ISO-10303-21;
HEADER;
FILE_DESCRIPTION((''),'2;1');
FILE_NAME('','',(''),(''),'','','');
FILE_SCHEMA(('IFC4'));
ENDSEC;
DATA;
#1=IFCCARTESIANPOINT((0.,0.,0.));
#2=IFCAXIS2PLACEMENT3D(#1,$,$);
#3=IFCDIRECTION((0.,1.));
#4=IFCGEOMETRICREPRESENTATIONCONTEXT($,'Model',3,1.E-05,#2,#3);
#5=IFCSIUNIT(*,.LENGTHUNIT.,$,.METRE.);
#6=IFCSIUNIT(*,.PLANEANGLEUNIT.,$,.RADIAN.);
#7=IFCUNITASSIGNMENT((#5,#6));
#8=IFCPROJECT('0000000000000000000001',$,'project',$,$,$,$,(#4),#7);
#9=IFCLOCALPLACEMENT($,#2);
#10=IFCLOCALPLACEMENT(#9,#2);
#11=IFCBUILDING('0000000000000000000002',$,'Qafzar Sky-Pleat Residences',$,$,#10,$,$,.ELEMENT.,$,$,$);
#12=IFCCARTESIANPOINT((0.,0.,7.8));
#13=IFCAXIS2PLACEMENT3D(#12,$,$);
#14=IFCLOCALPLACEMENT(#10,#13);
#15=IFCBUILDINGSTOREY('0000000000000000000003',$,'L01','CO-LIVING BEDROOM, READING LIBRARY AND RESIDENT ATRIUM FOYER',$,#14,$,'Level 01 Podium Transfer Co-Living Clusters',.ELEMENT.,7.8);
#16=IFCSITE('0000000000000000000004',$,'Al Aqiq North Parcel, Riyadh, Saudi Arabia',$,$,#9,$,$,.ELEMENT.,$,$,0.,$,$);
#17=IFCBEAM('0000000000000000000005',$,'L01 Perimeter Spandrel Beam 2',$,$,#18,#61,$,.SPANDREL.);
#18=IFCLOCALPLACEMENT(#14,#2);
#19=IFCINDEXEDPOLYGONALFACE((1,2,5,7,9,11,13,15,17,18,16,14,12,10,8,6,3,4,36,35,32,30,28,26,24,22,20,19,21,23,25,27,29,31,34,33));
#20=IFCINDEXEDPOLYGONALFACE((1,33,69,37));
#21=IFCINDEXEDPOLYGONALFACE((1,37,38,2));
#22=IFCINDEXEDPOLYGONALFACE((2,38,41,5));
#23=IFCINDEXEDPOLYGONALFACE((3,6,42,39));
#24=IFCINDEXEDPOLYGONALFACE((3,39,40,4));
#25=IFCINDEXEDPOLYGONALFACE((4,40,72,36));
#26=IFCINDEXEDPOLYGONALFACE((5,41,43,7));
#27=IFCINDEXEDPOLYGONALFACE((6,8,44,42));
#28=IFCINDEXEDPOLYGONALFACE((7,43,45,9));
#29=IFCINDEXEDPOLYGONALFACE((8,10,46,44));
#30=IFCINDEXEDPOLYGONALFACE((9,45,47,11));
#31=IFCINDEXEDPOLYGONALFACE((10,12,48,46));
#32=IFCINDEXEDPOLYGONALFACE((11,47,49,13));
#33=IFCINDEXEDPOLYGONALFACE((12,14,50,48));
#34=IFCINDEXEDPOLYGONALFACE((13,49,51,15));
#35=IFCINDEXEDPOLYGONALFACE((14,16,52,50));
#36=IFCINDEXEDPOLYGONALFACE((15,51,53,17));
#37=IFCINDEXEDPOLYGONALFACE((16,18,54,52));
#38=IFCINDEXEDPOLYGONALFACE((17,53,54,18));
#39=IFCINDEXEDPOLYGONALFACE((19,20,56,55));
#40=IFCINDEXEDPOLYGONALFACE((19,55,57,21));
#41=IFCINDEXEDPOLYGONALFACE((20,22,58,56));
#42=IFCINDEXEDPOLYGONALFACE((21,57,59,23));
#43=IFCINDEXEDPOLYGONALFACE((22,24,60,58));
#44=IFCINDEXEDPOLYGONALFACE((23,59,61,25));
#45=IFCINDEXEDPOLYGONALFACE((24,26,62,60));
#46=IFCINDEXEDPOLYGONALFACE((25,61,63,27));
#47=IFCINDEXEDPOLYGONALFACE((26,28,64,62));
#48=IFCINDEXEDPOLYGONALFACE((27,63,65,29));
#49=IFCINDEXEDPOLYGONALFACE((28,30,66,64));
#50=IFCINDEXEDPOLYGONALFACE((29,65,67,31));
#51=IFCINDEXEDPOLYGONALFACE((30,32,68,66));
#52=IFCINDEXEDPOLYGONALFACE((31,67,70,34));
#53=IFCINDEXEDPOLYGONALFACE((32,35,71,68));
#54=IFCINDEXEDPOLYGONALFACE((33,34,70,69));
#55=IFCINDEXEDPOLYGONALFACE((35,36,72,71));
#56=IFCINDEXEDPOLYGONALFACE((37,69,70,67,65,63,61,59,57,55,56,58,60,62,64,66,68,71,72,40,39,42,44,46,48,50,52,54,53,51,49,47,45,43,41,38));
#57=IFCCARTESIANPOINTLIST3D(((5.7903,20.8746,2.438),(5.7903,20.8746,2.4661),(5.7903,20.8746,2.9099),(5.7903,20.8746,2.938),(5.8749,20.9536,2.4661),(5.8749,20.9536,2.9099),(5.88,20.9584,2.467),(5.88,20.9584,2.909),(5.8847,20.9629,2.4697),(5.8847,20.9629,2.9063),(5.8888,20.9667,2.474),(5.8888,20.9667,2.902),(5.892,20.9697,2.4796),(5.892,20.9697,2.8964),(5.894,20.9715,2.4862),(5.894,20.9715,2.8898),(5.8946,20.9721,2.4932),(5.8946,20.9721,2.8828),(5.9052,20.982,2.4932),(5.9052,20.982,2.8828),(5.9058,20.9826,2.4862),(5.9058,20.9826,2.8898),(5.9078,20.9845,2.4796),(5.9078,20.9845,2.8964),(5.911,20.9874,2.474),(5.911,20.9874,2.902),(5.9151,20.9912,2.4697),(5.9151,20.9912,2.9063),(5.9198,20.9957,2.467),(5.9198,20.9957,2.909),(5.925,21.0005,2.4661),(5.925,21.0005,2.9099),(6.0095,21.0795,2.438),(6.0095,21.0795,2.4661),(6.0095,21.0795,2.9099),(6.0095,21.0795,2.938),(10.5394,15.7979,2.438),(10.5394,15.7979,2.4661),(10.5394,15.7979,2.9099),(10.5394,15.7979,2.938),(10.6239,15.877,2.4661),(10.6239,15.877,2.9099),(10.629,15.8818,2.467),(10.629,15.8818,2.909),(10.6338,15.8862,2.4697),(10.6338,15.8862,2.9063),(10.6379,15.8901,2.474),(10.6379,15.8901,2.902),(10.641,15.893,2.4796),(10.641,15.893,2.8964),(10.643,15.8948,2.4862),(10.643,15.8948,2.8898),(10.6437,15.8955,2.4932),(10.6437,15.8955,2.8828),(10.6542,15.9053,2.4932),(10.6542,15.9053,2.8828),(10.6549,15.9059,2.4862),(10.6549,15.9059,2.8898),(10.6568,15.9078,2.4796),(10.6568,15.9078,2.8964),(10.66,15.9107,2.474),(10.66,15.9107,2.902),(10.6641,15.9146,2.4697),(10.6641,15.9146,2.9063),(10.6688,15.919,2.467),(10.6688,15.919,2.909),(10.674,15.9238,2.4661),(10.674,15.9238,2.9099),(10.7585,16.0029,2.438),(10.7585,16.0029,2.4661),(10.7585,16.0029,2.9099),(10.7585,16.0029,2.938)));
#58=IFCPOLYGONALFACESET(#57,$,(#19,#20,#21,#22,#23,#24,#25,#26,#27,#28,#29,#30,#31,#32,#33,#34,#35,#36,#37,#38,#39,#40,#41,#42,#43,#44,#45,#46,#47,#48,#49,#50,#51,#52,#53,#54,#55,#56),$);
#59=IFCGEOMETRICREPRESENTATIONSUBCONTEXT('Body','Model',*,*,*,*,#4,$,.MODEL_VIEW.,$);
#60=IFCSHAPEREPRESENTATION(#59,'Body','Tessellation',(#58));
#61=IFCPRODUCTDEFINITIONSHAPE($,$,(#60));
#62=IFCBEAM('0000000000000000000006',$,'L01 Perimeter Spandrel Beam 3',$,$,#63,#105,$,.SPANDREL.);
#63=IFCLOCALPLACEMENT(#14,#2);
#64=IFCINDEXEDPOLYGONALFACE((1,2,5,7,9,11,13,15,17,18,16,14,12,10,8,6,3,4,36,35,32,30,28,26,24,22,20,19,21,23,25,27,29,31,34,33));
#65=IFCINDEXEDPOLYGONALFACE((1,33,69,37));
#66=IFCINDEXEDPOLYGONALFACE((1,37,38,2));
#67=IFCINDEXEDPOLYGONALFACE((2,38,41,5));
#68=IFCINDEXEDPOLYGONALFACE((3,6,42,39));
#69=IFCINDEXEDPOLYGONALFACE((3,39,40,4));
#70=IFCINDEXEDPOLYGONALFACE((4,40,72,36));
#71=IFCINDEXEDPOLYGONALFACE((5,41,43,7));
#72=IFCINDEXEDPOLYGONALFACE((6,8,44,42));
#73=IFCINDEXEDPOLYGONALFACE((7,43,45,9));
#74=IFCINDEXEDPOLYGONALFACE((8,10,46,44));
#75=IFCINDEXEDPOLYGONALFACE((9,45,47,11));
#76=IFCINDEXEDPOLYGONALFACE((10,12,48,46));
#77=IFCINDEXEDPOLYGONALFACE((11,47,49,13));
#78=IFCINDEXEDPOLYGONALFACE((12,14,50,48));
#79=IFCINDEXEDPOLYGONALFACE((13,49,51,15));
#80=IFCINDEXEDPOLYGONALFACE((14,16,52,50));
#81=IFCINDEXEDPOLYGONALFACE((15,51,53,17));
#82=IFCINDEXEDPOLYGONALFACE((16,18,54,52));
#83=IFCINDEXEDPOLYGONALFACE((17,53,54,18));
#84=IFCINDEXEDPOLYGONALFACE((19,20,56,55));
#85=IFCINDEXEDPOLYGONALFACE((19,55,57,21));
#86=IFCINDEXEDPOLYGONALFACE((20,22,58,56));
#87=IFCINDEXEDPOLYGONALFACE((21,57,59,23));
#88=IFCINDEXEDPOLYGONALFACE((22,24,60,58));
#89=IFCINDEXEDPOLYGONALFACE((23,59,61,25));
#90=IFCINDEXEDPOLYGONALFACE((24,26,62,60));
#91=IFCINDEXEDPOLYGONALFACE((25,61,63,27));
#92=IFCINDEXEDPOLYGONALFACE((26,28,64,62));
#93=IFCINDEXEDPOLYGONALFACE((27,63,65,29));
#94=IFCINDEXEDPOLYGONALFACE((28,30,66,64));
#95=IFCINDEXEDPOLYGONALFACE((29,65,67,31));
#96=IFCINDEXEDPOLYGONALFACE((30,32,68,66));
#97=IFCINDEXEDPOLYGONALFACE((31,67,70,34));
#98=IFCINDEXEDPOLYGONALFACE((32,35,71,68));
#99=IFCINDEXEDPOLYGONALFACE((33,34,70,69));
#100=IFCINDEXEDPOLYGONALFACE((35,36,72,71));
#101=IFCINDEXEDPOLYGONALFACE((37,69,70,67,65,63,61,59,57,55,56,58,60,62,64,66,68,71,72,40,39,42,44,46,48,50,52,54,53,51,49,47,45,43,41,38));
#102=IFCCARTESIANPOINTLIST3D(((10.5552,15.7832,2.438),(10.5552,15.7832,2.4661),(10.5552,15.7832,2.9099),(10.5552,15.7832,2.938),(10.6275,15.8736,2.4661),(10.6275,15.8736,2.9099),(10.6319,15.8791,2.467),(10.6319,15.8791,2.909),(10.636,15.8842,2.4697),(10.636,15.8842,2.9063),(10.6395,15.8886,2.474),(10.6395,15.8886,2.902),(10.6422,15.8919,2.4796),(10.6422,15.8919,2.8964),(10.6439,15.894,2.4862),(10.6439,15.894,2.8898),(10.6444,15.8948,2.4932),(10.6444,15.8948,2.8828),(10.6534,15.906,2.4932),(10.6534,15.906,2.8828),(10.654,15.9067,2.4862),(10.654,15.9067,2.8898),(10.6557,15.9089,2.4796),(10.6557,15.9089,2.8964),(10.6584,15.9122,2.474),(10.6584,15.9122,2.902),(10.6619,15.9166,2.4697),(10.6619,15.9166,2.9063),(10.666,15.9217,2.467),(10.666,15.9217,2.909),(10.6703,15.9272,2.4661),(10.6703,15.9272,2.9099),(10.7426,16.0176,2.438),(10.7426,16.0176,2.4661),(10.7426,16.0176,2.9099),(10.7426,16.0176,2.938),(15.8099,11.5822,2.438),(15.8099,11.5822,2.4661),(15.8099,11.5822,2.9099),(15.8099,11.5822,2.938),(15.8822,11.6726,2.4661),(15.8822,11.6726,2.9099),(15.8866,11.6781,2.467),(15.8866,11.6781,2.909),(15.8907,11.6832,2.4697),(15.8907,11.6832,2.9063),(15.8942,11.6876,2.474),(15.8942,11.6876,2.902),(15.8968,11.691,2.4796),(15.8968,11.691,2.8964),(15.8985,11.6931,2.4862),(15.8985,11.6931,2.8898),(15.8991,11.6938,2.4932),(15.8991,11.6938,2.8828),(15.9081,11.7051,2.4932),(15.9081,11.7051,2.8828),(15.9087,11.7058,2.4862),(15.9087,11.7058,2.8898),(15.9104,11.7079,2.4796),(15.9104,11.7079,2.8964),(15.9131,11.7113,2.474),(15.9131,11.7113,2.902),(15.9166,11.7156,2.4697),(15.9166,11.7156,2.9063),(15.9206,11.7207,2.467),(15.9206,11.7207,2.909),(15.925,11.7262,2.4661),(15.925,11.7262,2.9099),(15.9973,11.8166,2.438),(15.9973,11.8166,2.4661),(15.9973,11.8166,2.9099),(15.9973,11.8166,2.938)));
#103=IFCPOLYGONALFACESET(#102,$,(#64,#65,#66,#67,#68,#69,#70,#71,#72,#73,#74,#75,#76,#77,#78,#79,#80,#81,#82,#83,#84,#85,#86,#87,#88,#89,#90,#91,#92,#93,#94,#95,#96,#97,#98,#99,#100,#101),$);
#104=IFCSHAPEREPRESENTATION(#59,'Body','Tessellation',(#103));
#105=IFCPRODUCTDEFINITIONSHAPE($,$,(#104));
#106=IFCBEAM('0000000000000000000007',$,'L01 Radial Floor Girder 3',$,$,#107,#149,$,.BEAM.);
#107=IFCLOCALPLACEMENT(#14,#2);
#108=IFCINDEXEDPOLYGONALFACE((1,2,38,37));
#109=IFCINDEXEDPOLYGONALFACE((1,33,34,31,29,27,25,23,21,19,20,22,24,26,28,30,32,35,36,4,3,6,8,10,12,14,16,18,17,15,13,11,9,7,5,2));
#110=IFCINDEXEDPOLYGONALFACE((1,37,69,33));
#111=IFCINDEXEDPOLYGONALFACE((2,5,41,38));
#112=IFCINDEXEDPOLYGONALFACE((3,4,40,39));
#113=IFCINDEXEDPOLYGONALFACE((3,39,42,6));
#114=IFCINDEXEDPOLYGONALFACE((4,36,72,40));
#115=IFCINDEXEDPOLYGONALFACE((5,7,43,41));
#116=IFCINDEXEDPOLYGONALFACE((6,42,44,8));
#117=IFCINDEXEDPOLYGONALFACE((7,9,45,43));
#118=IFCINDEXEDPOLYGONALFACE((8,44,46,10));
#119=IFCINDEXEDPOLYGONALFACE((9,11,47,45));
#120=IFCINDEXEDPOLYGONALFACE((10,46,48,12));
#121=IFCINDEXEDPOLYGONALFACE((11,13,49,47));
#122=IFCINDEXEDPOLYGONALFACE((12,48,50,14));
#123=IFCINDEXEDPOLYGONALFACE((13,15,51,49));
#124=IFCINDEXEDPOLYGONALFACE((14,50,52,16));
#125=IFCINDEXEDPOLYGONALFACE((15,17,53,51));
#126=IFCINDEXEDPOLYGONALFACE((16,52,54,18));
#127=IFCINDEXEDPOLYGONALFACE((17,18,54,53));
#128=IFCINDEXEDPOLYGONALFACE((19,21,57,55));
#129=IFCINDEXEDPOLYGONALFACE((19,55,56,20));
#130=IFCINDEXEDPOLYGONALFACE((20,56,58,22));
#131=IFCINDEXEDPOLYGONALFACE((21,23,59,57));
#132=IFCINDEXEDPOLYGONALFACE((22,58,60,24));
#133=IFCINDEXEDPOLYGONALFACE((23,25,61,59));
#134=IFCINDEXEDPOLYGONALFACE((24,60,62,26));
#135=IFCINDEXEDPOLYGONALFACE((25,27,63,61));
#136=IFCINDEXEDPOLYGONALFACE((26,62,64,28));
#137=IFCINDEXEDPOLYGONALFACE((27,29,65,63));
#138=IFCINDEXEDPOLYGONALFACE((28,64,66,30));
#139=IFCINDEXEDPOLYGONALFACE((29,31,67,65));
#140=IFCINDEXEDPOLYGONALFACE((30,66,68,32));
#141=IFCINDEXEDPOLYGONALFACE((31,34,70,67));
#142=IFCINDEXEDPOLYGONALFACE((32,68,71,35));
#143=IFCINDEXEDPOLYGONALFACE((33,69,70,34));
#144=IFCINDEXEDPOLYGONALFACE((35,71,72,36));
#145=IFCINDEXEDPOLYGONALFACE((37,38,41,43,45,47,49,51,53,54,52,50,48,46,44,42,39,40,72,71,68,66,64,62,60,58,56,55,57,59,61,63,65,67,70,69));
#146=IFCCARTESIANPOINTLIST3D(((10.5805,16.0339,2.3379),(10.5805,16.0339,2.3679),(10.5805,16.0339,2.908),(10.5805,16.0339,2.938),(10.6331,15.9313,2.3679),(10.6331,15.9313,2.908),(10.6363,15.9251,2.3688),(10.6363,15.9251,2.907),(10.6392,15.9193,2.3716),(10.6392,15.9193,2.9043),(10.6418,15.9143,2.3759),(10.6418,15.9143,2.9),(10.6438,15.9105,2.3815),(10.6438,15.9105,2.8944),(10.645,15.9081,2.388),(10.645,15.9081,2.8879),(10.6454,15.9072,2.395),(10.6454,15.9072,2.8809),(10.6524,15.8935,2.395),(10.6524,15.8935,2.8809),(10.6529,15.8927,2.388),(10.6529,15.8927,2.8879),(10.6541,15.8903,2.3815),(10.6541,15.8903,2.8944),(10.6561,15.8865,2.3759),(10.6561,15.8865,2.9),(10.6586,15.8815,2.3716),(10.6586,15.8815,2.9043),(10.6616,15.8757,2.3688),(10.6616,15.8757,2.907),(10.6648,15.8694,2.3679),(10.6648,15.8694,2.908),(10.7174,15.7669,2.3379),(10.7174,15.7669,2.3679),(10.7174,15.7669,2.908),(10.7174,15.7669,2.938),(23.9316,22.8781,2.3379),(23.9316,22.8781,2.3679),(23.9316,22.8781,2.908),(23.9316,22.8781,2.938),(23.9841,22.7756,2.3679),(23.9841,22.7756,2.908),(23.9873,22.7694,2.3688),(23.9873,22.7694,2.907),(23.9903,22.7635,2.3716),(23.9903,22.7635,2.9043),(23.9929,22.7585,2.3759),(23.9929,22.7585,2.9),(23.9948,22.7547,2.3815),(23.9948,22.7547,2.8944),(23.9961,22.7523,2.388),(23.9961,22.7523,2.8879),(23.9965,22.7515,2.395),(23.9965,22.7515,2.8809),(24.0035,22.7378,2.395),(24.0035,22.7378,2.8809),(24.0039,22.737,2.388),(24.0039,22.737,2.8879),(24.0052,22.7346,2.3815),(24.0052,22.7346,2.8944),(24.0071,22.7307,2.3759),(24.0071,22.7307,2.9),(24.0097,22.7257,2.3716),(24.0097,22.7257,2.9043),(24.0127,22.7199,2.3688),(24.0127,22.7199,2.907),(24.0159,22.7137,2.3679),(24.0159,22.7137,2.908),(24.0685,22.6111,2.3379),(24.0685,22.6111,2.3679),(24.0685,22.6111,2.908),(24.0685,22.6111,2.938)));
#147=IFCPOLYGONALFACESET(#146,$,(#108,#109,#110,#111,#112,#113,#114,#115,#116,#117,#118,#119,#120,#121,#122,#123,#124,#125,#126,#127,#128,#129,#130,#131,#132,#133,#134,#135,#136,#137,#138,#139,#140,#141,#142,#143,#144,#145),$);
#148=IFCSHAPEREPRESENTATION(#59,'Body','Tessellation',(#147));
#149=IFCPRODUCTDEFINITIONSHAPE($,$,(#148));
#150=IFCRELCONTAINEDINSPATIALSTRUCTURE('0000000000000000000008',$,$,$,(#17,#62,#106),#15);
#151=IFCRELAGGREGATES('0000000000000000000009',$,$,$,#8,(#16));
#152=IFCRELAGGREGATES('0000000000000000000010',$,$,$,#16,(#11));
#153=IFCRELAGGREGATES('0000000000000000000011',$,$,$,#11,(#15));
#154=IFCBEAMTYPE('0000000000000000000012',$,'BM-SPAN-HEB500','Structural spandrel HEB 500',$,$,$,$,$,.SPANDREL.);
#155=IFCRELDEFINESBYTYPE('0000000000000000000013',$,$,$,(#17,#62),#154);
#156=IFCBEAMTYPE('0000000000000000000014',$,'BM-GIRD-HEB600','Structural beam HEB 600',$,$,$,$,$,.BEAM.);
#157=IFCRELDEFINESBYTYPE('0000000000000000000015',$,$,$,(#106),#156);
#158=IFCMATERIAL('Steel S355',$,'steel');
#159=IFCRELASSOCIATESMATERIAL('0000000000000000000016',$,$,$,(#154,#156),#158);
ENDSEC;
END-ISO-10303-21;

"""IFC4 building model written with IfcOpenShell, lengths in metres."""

from ifc_helpers import new_model, si_unit, direction, frame, origin, origin_2d, place, context, subcontext, project, spatial, i_section, extrude, source, transform, mapped, material, material_profile, profile_set, type_object, element, save


model = new_model("IFC4")

# Units and contexts
model_context = context("Model", 3, precision=1e-05, world=origin(), true_north=direction((0.0, 1.0)))
body_context = subcontext(model_context, "Body", "Model", "MODEL_VIEW")
ifc_project = project(units=[si_unit("LENGTHUNIT", "METRE"), si_unit("PLANEANGLEUNIT", "RADIAN")], contexts=[model_context])

# Site, building, storey
site_placement = place(None, origin())
site = spatial("IfcSite", under=ifc_project, at=site_placement, Name="Al Aqiq North Parcel, Riyadh, Saudi Arabia", CompositionType="ELEMENT", RefElevation=0.0)
building_placement = place(site_placement, origin())
building = spatial("IfcBuilding", under=site, at=building_placement, Name="Qafzar Sky-Pleat Residences", CompositionType="ELEMENT")
storey_placement = place(building_placement, frame((0.0, 0.0, 7.8)))
storey = spatial("IfcBuildingStorey", under=building, at=storey_placement, Name="L01", Description="CO-LIVING BEDROOM, READING LIBRARY AND RESIDENT ATRIUM FOYER", LongName="Level 01 Podium Transfer Co-Living Clusters", CompositionType="ELEMENT", Elevation=7.8)

# Beams
ifc_material_1 = material(Name="Steel S355", Category="steel")
ifc_material_profile_1 = material_profile(ifc_material_1, i_section(OverallWidth=0.3, OverallDepth=0.5, WebThickness=0.0144, FlangeThickness=0.0281, FilletRadius=0.0271, at=origin_2d()), Name="HEB 500")
ifc_profile_set_1 = profile_set([ifc_material_profile_1], Name="Steel S355")
beam_type_1 = type_object("IfcBeamType", Name="BM-SPAN-HEB500", Description="Structural spandrel HEB 500", PredefinedType="SPANDREL", material=ifc_profile_set_1)
shared_shape_1 = source(origin(), body_context, "Body", "SweptSolid", [
    extrude(i_section(OverallWidth=0.3, OverallDepth=0.5, WebThickness=0.0144, FlangeThickness=0.0281, FilletRadius=0.0271, at=origin_2d()), origin(), (0.0, 0.0, 1.0), 6.9517),
])
beam_1_placement = place(storey_placement, frame((5.8999, 20.9771, 2.688), z_axis=(0.683149, -0.730279, 0.0), x_axis=(0.730279, 0.683149, 0.0)))
element("IfcBeam", 1, at=beam_1_placement, inside=storey, type_object=beam_type_1, Name="L01 Perimeter Spandrel Beam 2", PredefinedType="SPANDREL", context=body_context, shape_type="MappedRepresentation", body=[
    mapped(shared_shape_1, transform((0.0, 0.0, 0.0), x_axis=(1.0, 0.0, 0.0), y_axis=(0.0, 1.0, 0.0), z_axis=(0.0, 0.0, 1.0), scale=1.0)),
])
shared_shape_2 = source(origin(), body_context, "Body", "SweptSolid", [
    extrude(i_section(OverallWidth=0.3, OverallDepth=0.5, WebThickness=0.0144, FlangeThickness=0.0281, FilletRadius=0.0271, at=origin_2d()), origin(), (0.0, 0.0, 1.0), 6.7275),
])
beam_2_placement = place(storey_placement, frame((10.6489, 15.9004, 2.688), z_axis=(0.781071, -0.624443, 0.0), x_axis=(0.624443, 0.781071, 0.0)))
element("IfcBeam", 2, at=beam_2_placement, inside=storey, type_object=beam_type_1, Name="L01 Perimeter Spandrel Beam 3", PredefinedType="SPANDREL", context=body_context, shape_type="MappedRepresentation", body=[
    mapped(shared_shape_2, transform((0.0, 0.0, 0.0), x_axis=(1.0, 0.0, 0.0), y_axis=(0.0, 1.0, 0.0), z_axis=(0.0, 0.0, 1.0), scale=1.0)),
])
ifc_material_profile_2 = material_profile(ifc_material_1, i_section(OverallWidth=0.3, OverallDepth=0.6001, WebThickness=0.0154, FlangeThickness=0.03, FilletRadius=0.0271, at=origin_2d()), Name="HEB 600")
ifc_profile_set_2 = profile_set([ifc_material_profile_2], Name="Steel S355")
beam_type_2 = type_object("IfcBeamType", Name="BM-GIRD-HEB600", Description="Structural beam HEB 600", PredefinedType="BEAM", material=ifc_profile_set_2)
shared_shape_3 = source(origin(), body_context, "Body", "SweptSolid", [
    extrude(i_section(OverallWidth=0.3, OverallDepth=0.6001, WebThickness=0.0154, FlangeThickness=0.03, FilletRadius=0.0271, at=origin_2d()), origin(), (0.0, 0.0, 1.0), 15.0032),
])
beam_3_placement = place(storey_placement, frame((10.6489, 15.9004, 2.6379), z_axis=(0.889884, 0.456186, 0.0), x_axis=(-0.456186, 0.889884, 0.0)))
element("IfcBeam", 3, at=beam_3_placement, inside=storey, type_object=beam_type_2, Name="L01 Radial Floor Girder 3", PredefinedType="BEAM", context=body_context, shape_type="MappedRepresentation", body=[
    mapped(shared_shape_3, transform((0.0, 0.0, 0.0), x_axis=(1.0, 0.0, 0.0), y_axis=(0.0, 1.0, 0.0), z_axis=(0.0, 0.0, 1.0), scale=1.0)),
])

save(model, "model.ifc")
